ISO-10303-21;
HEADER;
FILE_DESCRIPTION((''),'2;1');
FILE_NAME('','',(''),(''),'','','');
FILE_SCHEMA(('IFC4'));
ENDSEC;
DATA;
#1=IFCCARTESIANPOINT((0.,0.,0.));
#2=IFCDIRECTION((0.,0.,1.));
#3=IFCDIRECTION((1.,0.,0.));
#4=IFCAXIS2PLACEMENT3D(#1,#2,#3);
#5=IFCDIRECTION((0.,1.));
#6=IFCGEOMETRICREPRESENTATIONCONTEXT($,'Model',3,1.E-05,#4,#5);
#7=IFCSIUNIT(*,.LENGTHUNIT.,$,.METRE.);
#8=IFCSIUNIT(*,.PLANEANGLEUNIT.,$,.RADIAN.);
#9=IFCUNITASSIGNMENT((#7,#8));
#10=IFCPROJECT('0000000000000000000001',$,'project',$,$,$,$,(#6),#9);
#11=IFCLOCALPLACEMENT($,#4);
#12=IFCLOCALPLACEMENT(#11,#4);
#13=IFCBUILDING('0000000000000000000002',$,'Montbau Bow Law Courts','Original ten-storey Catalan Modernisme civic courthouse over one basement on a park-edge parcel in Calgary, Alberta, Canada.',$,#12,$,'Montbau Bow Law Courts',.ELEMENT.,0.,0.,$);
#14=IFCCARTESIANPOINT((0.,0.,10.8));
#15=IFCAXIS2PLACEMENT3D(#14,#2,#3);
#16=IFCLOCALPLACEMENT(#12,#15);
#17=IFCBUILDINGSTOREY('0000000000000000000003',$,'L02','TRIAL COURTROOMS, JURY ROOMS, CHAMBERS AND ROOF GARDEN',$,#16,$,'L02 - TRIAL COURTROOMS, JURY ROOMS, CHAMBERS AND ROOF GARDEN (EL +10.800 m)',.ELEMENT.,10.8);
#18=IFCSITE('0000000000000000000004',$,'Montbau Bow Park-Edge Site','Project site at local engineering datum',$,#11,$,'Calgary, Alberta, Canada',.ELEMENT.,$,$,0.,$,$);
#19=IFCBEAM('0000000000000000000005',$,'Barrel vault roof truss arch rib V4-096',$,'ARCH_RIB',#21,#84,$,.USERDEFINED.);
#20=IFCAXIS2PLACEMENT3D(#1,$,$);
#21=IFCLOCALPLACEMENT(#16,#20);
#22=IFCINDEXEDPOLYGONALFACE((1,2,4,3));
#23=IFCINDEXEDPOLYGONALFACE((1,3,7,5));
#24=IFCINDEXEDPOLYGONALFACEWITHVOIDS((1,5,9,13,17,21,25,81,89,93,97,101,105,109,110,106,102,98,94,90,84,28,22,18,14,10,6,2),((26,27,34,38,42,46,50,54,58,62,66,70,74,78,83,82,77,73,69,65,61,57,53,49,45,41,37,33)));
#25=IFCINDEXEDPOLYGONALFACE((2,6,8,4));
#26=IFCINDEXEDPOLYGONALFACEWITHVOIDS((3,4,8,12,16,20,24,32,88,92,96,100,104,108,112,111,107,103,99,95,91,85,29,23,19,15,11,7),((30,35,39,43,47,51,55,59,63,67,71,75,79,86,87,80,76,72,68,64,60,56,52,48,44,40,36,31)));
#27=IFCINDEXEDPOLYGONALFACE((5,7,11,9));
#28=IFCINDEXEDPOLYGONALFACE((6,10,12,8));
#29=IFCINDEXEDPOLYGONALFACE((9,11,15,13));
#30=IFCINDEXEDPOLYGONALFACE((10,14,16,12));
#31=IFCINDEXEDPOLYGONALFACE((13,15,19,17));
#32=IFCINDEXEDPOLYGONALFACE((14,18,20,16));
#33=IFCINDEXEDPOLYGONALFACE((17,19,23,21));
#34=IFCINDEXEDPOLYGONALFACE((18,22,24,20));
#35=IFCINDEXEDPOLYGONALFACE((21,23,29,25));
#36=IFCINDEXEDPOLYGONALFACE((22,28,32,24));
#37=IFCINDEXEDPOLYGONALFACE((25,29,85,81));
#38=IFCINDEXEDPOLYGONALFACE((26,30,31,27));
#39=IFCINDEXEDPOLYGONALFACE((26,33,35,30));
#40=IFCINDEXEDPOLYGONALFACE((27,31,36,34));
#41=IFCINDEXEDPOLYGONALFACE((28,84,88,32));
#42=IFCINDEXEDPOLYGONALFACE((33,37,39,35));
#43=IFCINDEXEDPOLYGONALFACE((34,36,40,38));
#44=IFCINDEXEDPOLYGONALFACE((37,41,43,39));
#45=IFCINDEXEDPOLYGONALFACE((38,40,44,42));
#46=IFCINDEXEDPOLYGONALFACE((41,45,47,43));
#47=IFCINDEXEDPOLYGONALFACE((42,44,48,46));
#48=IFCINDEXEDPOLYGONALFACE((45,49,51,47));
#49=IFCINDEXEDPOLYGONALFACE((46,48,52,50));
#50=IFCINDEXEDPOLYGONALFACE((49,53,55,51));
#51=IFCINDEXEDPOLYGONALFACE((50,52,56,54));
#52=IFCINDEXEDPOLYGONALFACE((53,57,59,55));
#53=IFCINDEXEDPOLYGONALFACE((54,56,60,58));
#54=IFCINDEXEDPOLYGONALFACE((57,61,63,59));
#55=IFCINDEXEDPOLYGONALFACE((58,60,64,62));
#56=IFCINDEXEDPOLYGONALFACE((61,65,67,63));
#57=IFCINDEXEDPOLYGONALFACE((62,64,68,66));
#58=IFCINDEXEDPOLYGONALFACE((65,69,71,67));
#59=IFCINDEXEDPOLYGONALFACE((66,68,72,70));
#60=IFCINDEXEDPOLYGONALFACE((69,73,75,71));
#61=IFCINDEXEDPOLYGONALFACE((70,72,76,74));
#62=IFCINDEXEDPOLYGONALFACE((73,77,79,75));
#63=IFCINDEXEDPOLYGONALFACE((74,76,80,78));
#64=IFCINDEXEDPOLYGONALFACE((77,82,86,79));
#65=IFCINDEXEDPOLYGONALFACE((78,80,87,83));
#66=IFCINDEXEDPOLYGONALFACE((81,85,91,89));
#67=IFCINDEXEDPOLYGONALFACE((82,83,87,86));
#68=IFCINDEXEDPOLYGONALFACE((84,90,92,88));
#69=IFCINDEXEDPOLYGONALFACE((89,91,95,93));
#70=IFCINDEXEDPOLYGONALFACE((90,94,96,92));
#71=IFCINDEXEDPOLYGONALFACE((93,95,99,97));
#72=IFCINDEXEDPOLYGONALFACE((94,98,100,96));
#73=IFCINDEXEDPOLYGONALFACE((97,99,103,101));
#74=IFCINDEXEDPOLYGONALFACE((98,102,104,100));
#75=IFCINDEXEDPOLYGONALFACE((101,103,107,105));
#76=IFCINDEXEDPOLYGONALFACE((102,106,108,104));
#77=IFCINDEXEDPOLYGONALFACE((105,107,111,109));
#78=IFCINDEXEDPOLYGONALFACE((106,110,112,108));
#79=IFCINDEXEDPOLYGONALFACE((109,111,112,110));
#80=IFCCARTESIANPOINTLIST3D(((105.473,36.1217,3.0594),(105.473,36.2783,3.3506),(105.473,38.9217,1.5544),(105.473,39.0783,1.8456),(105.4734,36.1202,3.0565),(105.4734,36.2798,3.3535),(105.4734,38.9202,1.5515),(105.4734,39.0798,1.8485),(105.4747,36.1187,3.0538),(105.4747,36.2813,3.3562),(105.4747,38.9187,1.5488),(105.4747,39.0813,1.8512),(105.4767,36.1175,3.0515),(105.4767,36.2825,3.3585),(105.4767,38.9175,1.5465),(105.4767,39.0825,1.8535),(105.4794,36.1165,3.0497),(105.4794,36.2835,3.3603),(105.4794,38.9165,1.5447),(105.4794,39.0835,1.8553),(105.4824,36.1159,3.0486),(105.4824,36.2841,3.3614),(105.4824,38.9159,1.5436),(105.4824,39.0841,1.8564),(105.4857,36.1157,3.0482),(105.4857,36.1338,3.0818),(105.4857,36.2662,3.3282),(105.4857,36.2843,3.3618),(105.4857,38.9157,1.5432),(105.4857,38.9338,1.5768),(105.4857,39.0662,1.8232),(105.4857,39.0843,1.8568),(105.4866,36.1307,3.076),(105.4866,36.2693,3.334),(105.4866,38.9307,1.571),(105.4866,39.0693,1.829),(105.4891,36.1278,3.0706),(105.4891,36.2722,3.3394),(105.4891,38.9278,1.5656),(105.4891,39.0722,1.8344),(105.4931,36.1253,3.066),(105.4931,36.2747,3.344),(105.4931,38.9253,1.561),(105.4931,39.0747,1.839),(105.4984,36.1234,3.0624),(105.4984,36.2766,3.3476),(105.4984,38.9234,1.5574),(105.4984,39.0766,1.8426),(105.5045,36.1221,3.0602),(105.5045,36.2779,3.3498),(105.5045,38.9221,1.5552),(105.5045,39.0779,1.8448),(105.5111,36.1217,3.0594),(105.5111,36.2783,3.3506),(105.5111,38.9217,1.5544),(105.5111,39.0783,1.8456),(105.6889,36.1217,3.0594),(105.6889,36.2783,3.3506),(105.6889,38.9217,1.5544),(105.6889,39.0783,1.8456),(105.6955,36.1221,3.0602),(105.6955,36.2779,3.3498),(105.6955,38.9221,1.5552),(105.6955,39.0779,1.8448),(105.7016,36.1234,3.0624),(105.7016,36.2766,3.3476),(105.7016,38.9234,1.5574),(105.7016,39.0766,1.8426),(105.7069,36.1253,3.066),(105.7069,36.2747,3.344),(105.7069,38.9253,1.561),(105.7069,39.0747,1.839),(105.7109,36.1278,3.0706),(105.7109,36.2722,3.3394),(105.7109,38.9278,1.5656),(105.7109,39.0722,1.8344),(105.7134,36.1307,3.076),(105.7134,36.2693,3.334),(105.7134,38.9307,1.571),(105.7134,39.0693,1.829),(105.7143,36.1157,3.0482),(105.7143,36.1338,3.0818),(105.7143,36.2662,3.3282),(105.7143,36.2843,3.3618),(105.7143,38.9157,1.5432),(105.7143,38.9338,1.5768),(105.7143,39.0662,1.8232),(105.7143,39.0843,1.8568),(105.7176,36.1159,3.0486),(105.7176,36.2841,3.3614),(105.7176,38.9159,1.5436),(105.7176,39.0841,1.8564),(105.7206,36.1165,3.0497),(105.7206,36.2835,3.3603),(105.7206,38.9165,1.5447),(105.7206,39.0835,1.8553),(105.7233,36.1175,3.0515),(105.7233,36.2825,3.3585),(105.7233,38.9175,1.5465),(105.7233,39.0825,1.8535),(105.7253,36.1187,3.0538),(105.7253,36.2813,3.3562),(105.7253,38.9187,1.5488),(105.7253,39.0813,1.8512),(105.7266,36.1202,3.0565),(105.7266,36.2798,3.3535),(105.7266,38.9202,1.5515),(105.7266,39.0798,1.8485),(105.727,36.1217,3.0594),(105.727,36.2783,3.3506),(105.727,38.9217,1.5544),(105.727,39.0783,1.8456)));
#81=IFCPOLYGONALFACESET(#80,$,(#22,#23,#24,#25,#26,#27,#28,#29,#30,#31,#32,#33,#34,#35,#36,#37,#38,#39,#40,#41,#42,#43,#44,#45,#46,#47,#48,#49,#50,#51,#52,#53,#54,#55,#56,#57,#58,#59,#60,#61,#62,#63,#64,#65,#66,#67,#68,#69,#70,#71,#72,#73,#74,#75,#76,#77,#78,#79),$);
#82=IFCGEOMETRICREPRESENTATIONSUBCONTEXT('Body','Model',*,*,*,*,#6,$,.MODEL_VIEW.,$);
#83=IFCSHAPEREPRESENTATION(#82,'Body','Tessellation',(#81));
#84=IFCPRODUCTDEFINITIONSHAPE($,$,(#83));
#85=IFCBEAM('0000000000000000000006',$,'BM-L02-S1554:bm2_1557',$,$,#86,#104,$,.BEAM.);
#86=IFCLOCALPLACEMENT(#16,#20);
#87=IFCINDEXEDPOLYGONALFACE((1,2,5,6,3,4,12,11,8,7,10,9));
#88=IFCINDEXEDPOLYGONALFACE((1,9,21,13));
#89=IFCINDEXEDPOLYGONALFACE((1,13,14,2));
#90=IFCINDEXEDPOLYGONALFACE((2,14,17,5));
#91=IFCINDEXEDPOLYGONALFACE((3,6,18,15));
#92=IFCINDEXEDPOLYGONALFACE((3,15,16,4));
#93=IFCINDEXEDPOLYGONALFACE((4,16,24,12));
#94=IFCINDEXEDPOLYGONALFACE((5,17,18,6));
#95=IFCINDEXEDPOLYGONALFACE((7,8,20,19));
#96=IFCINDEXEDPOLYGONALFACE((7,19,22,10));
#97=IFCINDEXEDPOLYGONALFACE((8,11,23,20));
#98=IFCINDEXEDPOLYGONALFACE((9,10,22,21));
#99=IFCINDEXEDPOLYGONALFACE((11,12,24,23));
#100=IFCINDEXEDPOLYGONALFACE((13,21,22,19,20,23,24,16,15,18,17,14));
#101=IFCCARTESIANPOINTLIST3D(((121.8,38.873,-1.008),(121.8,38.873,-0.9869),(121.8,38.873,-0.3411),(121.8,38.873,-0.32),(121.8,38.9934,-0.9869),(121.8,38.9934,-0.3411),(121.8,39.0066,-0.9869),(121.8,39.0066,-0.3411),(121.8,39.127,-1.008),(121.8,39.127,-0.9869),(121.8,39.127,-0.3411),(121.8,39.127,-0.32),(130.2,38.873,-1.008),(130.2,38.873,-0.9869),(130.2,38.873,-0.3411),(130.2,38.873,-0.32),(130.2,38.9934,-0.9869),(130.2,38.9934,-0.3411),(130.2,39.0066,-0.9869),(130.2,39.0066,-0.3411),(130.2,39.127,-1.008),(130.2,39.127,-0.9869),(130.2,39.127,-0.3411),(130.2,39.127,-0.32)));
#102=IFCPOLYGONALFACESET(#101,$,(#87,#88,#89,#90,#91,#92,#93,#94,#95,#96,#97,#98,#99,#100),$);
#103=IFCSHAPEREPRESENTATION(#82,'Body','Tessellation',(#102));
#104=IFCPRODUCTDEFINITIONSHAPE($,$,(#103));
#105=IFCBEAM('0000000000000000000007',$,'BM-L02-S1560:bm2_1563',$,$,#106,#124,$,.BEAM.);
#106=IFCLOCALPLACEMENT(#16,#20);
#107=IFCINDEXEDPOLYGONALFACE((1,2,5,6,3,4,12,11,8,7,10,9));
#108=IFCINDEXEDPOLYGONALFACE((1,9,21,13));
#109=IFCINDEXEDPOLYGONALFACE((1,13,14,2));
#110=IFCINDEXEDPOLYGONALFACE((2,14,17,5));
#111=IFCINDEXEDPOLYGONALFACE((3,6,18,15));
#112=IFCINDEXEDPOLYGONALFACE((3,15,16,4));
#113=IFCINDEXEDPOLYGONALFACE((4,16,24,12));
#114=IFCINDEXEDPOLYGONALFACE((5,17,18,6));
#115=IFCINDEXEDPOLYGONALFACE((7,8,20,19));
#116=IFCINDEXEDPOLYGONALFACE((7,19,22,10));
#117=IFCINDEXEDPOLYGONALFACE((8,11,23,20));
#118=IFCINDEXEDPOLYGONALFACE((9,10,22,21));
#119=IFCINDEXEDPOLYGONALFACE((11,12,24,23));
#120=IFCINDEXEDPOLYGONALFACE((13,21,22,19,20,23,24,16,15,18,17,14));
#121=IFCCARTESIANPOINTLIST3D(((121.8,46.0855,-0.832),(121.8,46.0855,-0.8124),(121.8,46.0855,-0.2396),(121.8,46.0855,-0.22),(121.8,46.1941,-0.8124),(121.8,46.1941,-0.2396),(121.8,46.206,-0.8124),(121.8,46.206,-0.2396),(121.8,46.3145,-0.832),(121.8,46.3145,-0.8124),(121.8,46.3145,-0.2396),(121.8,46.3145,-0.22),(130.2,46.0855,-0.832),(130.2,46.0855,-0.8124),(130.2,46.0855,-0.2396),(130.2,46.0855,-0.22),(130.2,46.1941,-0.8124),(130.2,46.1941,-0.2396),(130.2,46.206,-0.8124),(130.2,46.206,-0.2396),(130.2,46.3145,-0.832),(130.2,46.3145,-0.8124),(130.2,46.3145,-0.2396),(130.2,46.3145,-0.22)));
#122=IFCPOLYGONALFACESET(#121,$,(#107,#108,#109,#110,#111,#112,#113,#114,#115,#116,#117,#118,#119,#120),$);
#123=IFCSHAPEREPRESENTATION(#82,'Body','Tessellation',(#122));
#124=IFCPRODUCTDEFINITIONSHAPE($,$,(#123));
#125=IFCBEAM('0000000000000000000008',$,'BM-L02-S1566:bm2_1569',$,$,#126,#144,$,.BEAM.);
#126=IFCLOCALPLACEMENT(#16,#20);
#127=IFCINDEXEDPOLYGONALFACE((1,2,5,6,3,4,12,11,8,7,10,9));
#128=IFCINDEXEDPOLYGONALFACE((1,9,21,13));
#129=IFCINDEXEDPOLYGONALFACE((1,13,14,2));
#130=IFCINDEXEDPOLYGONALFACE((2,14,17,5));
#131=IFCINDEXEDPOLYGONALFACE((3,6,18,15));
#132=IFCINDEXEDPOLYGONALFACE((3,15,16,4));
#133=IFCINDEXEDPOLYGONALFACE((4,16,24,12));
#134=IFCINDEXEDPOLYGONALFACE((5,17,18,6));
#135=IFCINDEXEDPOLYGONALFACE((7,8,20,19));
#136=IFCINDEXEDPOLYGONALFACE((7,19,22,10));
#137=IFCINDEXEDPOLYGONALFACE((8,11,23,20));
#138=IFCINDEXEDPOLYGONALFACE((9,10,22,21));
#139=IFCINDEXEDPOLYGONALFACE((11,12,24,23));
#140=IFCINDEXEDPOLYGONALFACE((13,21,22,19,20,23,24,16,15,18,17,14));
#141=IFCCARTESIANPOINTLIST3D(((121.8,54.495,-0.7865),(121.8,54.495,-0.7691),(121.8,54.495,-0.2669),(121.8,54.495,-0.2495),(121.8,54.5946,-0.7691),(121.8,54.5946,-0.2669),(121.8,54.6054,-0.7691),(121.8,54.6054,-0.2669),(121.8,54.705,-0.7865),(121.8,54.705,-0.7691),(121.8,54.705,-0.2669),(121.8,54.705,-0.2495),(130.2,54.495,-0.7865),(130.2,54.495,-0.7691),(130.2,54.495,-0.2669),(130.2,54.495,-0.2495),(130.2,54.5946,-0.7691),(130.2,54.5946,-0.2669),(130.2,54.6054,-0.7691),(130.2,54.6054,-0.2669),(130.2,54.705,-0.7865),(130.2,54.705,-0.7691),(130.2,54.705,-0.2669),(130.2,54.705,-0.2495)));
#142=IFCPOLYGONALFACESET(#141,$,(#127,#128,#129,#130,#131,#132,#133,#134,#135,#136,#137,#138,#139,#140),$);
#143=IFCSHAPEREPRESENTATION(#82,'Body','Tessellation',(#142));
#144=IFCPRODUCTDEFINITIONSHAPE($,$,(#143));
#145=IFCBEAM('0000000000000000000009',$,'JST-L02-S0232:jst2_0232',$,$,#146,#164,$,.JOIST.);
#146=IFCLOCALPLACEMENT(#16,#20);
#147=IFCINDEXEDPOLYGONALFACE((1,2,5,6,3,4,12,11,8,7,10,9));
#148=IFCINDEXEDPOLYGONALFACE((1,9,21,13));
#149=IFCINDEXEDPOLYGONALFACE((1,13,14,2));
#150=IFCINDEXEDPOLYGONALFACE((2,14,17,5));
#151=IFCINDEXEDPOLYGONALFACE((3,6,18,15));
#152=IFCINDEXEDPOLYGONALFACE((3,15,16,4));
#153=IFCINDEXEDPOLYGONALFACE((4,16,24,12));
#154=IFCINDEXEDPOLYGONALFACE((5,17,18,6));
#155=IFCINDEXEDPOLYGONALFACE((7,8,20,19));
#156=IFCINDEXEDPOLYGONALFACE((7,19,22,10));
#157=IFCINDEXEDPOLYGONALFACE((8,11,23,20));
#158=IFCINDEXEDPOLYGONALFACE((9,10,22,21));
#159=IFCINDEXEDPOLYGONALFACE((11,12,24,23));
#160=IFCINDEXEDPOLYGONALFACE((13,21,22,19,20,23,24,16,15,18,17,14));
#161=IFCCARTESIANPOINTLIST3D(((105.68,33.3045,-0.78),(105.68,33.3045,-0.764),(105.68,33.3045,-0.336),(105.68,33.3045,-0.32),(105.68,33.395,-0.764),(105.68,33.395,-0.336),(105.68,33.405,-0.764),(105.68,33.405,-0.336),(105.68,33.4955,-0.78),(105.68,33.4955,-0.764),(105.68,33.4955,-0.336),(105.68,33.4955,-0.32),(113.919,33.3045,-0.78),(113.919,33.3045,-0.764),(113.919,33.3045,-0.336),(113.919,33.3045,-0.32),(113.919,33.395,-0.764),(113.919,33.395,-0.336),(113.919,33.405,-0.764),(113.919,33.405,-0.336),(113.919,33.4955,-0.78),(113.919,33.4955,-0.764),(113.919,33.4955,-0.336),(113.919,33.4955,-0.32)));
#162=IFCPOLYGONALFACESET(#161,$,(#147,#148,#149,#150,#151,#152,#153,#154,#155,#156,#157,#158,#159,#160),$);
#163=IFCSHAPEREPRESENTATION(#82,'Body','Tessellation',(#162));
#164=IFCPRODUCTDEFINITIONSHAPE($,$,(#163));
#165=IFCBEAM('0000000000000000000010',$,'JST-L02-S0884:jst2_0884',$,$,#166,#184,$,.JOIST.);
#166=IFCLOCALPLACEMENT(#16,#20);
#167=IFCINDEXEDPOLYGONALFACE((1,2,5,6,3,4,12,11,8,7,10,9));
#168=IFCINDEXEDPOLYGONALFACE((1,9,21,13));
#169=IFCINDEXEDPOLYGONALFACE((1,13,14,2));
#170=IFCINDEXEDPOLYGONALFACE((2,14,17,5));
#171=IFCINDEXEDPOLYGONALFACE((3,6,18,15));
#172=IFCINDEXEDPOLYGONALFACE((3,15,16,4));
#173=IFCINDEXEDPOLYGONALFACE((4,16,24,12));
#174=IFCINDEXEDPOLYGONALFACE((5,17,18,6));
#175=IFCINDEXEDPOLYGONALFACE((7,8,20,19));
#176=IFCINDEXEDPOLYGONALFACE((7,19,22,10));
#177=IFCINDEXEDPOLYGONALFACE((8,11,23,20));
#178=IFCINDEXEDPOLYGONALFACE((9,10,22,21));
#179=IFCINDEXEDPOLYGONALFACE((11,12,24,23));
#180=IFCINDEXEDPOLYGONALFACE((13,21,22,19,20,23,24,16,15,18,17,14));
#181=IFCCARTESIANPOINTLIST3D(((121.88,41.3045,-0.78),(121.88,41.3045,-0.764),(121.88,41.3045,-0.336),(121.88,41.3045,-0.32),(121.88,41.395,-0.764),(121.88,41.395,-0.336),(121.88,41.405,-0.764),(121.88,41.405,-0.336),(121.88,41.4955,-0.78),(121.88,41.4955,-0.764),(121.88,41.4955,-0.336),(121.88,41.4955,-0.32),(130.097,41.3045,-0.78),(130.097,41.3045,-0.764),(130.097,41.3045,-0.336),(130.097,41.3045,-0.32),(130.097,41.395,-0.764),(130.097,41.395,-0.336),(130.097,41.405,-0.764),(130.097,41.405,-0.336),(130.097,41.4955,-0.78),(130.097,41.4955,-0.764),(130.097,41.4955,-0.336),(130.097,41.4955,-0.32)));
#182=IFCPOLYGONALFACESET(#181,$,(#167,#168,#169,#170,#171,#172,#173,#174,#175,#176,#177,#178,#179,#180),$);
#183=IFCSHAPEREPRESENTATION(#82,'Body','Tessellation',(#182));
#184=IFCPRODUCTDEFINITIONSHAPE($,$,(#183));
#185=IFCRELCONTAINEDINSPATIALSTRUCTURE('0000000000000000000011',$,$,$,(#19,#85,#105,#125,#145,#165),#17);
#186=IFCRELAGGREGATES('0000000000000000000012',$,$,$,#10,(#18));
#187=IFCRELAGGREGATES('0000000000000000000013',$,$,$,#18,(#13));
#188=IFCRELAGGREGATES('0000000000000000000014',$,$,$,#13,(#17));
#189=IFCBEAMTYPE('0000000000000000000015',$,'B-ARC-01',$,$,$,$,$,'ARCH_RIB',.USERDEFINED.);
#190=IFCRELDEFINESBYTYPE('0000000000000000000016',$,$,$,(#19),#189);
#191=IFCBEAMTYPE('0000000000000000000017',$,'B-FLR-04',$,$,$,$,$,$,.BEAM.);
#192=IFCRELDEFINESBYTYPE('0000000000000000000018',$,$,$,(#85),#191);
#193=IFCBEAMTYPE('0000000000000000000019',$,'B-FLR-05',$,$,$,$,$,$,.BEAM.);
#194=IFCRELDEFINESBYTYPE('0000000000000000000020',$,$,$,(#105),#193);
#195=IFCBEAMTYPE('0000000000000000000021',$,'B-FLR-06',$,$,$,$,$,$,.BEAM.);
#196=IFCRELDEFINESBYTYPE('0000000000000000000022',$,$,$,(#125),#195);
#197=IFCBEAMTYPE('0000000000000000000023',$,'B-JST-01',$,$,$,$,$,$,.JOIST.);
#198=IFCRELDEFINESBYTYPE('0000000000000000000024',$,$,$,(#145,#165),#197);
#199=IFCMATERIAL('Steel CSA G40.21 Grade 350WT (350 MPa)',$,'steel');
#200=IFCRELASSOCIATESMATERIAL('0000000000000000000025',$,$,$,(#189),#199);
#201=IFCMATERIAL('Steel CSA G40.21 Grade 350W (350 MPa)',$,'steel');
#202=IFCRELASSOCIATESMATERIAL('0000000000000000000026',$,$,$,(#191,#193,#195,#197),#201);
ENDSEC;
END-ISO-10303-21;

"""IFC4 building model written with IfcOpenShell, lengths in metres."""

from ifc_helpers import new_model, si_unit, direction, frame, origin_with_axes, origin_2d_with_axis, place, context, subcontext, project, spatial, hollow_rectangle, i_section, extrude, material, material_profile, profile_set, type_object, element, save


model = new_model("IFC4")

# Units and contexts
model_context = context("Model", 3, precision=1e-05, world=origin_with_axes(), true_north=direction((0.0, 1.0)))
body_context = subcontext(model_context, "Body", "Model", "MODEL_VIEW")
ifc_project = project(units=[si_unit("LENGTHUNIT", "METRE"), si_unit("PLANEANGLEUNIT", "RADIAN")], contexts=[model_context])

# Site, building, storey
site_placement = place(None, origin_with_axes())
site = spatial("IfcSite", under=ifc_project, at=site_placement, Name="Montbau Bow Park-Edge Site", Description="Project site at local engineering datum", LongName="Calgary, Alberta, Canada", CompositionType="ELEMENT", RefElevation=0.0)
building_placement = place(site_placement, origin_with_axes())
building = spatial("IfcBuilding", under=site, at=building_placement, Name="Montbau Bow Law Courts", Description="Original ten-storey Catalan Modernisme civic courthouse over one basement on a park-edge parcel in Calgary, Alberta, Canada.", LongName="Montbau Bow Law Courts", CompositionType="ELEMENT", ElevationOfRefHeight=0.0, ElevationOfTerrain=0.0)
storey_placement = place(building_placement, frame((0.0, 0.0, 10.8), z_axis=(0.0, 0.0, 1.0), x_axis=(1.0, 0.0, 0.0)))
storey = spatial("IfcBuildingStorey", under=building, at=storey_placement, Name="L02", Description="TRIAL COURTROOMS, JURY ROOMS, CHAMBERS AND ROOF GARDEN", LongName="L02 - TRIAL COURTROOMS, JURY ROOMS, CHAMBERS AND ROOF GARDEN (EL +10.800 m)", CompositionType="ELEMENT", Elevation=10.8)

# Shared definitions
ifc_material_1 = material(Name="Steel CSA G40.21 Grade 350W (350 MPa)", Category="steel")

# Beams
ifc_material_2 = material(Name="Steel CSA G40.21 Grade 350WT (350 MPa)", Category="steel")
ifc_material_profile_1 = material_profile(ifc_material_2, hollow_rectangle(XDim=0.254, YDim=0.356, WallThickness=0.0127, InnerFilletRadius=0.0254, OuterFilletRadius=0.0127, at=origin_2d_with_axis()), Name="HSS356X254X13", Category="Main", Priority=0)
ifc_profile_set_1 = profile_set([ifc_material_profile_1], Name="Steel CSA G40.21 Grade 350WT (350 MPa)")
beam_type_1 = type_object("IfcBeamType", Name="B-ARC-01", ElementType="ARCH_RIB", PredefinedType="USERDEFINED", material=ifc_profile_set_1)
beam_1_placement = place(None, frame((105.6, 36.2, 14.005), z_axis=(0.0, 0.880824, -0.473443), x_axis=(-1.0, 0.0, 0.0)))
element("IfcBeam", 1, at=beam_1_placement, inside=storey, type_object=beam_type_1, Name="Barrel vault roof truss arch rib V4-096", ObjectType="ARCH_RIB", PredefinedType="USERDEFINED", context=body_context, shape_type="SweptSolid", body=[
    extrude(hollow_rectangle(XDim=0.254, YDim=0.356, WallThickness=0.0127, InnerFilletRadius=0.0254, OuterFilletRadius=0.0127, at=origin_2d_with_axis()), origin_with_axes(), (0.0, 0.0, 1.0), 3.1788),
])
ifc_material_profile_2 = material_profile(ifc_material_1, i_section(OverallWidth=0.254, OverallDepth=0.688, WebThickness=0.0131, FlangeThickness=0.0211, at=origin_2d_with_axis()), Name="W690X152", Category="Main", Priority=0)
ifc_profile_set_2 = profile_set([ifc_material_profile_2], Name="Steel CSA G40.21 Grade 350W (350 MPa)")
beam_type_2 = type_object("IfcBeamType", Name="B-FLR-04", PredefinedType="BEAM", material=ifc_profile_set_2)
beam_2_placement = place(None, frame((121.8, 39.0, 10.136), z_axis=(1.0, 0.0, 0.0), x_axis=(0.0, 1.0, 0.0)))
element("IfcBeam", 2, at=beam_2_placement, inside=storey, type_object=beam_type_2, Name="BM-L02-S1554:bm2_1557", PredefinedType="BEAM", context=body_context, shape_type="SweptSolid", body=[
    extrude(i_section(OverallWidth=0.254, OverallDepth=0.688, WebThickness=0.0131, FlangeThickness=0.0211, at=origin_2d_with_axis()), origin_with_axes(), (0.0, 0.0, 1.0), 8.4),
])
ifc_material_profile_3 = material_profile(ifc_material_1, i_section(OverallWidth=0.229, OverallDepth=0.612, WebThickness=0.0119, FlangeThickness=0.0196, at=origin_2d_with_axis()), Name="W610X125", Category="Main", Priority=0)
ifc_profile_set_3 = profile_set([ifc_material_profile_3], Name="Steel CSA G40.21 Grade 350W (350 MPa)")
beam_type_3 = type_object("IfcBeamType", Name="B-FLR-05", PredefinedType="BEAM", material=ifc_profile_set_3)
beam_3_placement = place(None, frame((121.8, 46.2, 10.274), z_axis=(1.0, 0.0, 0.0), x_axis=(0.0, 1.0, 0.0)))
element("IfcBeam", 3, at=beam_3_placement, inside=storey, type_object=beam_type_3, Name="BM-L02-S1560:bm2_1563", PredefinedType="BEAM", context=body_context, shape_type="SweptSolid", body=[
    extrude(i_section(OverallWidth=0.229, OverallDepth=0.612, WebThickness=0.0119, FlangeThickness=0.0196, at=origin_2d_with_axis()), origin_with_axes(), (0.0, 0.0, 1.0), 8.4),
])
ifc_material_profile_4 = material_profile(ifc_material_1, i_section(OverallWidth=0.21, OverallDepth=0.537, WebThickness=0.0109, FlangeThickness=0.0174, at=origin_2d_with_axis()), Name="W530X101", Category="Main", Priority=0)
ifc_profile_set_4 = profile_set([ifc_material_profile_4], Name="Steel CSA G40.21 Grade 350W (350 MPa)")
beam_type_4 = type_object("IfcBeamType", Name="B-FLR-06", PredefinedType="BEAM", material=ifc_profile_set_4)
beam_4_placement = place(None, frame((121.8, 54.6, 10.282), z_axis=(1.0, 0.0, 0.0), x_axis=(0.0, 1.0, 0.0)))
element("IfcBeam", 4, at=beam_4_placement, inside=storey, type_object=beam_type_4, Name="BM-L02-S1566:bm2_1569", PredefinedType="BEAM", context=body_context, shape_type="SweptSolid", body=[
    extrude(i_section(OverallWidth=0.21, OverallDepth=0.537, WebThickness=0.0109, FlangeThickness=0.0174, at=origin_2d_with_axis()), origin_with_axes(), (0.0, 0.0, 1.0), 8.4),
])
ifc_material_profile_5 = material_profile(ifc_material_1, i_section(OverallWidth=0.191, OverallDepth=0.46, WebThickness=0.0099, FlangeThickness=0.016, at=origin_2d_with_axis()), Name="W460X82", Category="Main", Priority=0)
ifc_profile_set_5 = profile_set([ifc_material_profile_5], Name="Steel CSA G40.21 Grade 350W (350 MPa)")
beam_type_5 = type_object("IfcBeamType", Name="B-JST-01", PredefinedType="JOIST", material=ifc_profile_set_5)
beam_5_placement = place(None, frame((105.68, 33.4, 10.25), z_axis=(1.0, 0.0, 0.0), x_axis=(0.0, 1.0, 0.0)))
element("IfcBeam", 5, at=beam_5_placement, inside=storey, type_object=beam_type_5, Name="JST-L02-S0232:jst2_0232", PredefinedType="JOIST", context=body_context, shape_type="SweptSolid", body=[
    extrude(i_section(OverallWidth=0.191, OverallDepth=0.46, WebThickness=0.0099, FlangeThickness=0.016, at=origin_2d_with_axis()), origin_with_axes(), (0.0, 0.0, 1.0), 8.239),
])
beam_6_placement = place(None, frame((121.88, 41.4, 10.25), z_axis=(1.0, 0.0, 0.0), x_axis=(0.0, 1.0, 0.0)))
element("IfcBeam", 6, at=beam_6_placement, inside=storey, type_object=beam_type_5, Name="JST-L02-S0884:jst2_0884", PredefinedType="JOIST", context=body_context, shape_type="SweptSolid", body=[
    extrude(i_section(OverallWidth=0.191, OverallDepth=0.46, WebThickness=0.0099, FlangeThickness=0.016, at=origin_2d_with_axis()), origin_with_axes(), (0.0, 0.0, 1.0), 8.217),
])

save(model, "model.ifc")
